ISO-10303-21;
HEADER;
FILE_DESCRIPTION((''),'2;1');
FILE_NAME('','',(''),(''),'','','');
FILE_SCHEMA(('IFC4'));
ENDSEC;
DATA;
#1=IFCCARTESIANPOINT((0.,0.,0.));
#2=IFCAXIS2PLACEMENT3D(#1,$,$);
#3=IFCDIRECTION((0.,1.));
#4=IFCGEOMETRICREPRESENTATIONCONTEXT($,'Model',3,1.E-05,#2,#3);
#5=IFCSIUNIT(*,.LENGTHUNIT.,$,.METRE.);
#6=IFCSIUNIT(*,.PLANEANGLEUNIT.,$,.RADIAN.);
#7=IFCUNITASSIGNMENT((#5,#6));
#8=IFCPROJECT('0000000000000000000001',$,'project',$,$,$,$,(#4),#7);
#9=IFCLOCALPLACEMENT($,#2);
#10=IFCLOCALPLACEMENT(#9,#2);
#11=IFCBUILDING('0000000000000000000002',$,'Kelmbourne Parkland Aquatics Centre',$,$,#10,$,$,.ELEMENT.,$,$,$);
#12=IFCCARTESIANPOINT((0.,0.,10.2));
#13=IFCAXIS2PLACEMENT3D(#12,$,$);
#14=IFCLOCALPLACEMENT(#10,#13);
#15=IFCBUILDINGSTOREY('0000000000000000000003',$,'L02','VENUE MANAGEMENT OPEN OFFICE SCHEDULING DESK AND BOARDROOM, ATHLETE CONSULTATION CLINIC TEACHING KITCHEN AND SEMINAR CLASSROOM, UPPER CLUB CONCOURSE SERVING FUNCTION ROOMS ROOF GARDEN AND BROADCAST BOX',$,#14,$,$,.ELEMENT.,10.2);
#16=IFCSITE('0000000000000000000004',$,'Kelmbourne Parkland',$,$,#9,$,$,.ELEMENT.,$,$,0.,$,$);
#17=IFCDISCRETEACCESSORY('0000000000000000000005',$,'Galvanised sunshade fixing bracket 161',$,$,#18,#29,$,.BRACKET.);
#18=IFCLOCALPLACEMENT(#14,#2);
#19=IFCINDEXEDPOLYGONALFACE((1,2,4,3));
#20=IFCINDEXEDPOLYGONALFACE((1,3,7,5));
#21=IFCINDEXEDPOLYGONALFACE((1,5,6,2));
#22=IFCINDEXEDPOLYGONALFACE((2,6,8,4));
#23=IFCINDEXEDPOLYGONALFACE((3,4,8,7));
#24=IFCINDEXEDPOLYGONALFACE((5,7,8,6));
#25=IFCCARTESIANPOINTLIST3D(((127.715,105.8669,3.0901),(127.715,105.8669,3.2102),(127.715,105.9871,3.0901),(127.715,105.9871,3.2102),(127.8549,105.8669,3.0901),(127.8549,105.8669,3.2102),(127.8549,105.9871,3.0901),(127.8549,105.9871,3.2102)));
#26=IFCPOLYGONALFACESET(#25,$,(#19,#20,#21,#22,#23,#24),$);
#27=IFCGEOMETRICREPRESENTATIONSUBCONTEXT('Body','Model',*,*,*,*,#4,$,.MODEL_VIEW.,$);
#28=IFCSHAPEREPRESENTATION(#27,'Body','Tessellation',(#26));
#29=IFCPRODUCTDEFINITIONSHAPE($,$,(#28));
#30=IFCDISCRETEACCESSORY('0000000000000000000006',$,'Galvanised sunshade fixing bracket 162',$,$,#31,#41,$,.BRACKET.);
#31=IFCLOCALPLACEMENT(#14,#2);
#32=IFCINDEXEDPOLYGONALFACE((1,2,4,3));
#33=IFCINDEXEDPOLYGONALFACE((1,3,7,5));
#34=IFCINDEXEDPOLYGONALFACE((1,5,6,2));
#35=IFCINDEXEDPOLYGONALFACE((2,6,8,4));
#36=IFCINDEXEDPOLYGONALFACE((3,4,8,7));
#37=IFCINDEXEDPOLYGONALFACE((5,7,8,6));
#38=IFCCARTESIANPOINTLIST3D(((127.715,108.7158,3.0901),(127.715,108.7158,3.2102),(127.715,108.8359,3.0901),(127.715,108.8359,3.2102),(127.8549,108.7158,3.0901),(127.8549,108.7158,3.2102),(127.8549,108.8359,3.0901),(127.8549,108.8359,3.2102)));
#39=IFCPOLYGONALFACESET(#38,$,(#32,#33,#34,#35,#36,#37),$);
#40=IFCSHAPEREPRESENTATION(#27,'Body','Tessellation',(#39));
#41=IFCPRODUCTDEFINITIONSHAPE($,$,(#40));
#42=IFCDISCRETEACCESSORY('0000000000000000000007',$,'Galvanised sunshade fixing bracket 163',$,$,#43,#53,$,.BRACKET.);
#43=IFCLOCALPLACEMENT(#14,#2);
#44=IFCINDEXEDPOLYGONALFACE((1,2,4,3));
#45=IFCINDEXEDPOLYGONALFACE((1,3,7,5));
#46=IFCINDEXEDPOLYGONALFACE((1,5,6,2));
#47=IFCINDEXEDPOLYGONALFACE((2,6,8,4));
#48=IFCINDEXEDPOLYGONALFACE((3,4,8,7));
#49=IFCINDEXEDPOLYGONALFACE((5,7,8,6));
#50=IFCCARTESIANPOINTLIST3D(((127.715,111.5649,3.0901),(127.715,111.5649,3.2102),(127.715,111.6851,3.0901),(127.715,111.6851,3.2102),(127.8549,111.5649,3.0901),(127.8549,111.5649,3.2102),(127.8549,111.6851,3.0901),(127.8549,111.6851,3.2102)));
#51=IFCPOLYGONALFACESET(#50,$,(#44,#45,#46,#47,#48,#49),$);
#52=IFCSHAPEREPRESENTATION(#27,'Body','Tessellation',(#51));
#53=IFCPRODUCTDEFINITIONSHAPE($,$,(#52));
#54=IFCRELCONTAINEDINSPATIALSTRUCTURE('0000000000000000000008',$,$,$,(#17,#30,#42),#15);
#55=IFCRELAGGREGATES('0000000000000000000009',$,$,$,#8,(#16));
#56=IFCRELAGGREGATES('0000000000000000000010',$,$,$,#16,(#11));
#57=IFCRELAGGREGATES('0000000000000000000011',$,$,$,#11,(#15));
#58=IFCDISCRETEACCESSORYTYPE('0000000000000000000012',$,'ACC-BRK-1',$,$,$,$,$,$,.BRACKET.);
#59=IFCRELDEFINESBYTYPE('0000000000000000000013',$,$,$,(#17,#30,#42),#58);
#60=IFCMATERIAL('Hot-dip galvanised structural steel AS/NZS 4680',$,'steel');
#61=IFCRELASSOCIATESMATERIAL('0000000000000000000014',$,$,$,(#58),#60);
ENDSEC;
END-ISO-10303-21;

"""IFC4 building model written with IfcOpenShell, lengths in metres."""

from ifc_helpers import new_model, si_unit, direction, frame, origin, origin_2d, place, context, subcontext, project, spatial, rectangle, extrude, material, type_object, element, save


model = new_model("IFC4")

# Units and contexts
model_context = context("Model", 3, precision=1e-05, world=origin(), true_north=direction((0.0, 1.0)))
body_context = subcontext(model_context, "Body", "Model", "MODEL_VIEW")
ifc_project = project(units=[si_unit("LENGTHUNIT", "METRE"), si_unit("PLANEANGLEUNIT", "RADIAN")], contexts=[model_context])

# Site, building, storey
site_placement = place(None, origin())
site = spatial("IfcSite", under=ifc_project, at=site_placement, Name="Kelmbourne Parkland", CompositionType="ELEMENT", RefElevation=0.0)
building_placement = place(site_placement, origin())
building = spatial("IfcBuilding", under=site, at=building_placement, Name="Kelmbourne Parkland Aquatics Centre", CompositionType="ELEMENT")
storey_placement = place(building_placement, frame((0.0, 0.0, 10.2)))
storey = spatial("IfcBuildingStorey", under=building, at=storey_placement, Name="L02", Description="VENUE MANAGEMENT OPEN OFFICE SCHEDULING DESK AND BOARDROOM, ATHLETE CONSULTATION CLINIC TEACHING KITCHEN AND SEMINAR CLASSROOM, UPPER CLUB CONCOURSE SERVING FUNCTION ROOMS ROOF GARDEN AND BROADCAST BOX", CompositionType="ELEMENT", Elevation=10.2)

# Discrete accessories
ifc_material_1 = material(Name="Hot-dip galvanised structural steel AS/NZS 4680", Category="steel")
discrete_accessory_type = type_object("IfcDiscreteAccessoryType", Name="ACC-BRK-1", PredefinedType="BRACKET", material=ifc_material_1)
for number, where, z_axis, x_axis, name in (
    (1, (127.7849, 105.927, 3.0901), (0.0, 0.0, 1.0), (0.0, 1.0, 0.0), "Galvanised sunshade fixing bracket 161"),
    (2, (127.7849, 108.7759, 3.0901), (0.0, 0.0, 1.0), (0.0, 1.0, 0.0), "Galvanised sunshade fixing bracket 162"),
    (3, (127.7849, 111.625, 3.0901), (0.0, 0.0, 1.0), (0.0, 1.0, 0.0), "Galvanised sunshade fixing bracket 163"),
):
    element("IfcDiscreteAccessory", number, at=place(storey_placement, frame(where, z_axis=z_axis, x_axis=x_axis)), inside=storey, type_object=discrete_accessory_type, Name=name, PredefinedType="BRACKET", context=body_context, shape_type="SweptSolid", body=[
        extrude(rectangle(XDim=0.1201, YDim=0.1399, at=origin_2d()), origin(), (0.0, 0.0, 1.0), 0.1201),
    ])

save(model, "model.ifc")
